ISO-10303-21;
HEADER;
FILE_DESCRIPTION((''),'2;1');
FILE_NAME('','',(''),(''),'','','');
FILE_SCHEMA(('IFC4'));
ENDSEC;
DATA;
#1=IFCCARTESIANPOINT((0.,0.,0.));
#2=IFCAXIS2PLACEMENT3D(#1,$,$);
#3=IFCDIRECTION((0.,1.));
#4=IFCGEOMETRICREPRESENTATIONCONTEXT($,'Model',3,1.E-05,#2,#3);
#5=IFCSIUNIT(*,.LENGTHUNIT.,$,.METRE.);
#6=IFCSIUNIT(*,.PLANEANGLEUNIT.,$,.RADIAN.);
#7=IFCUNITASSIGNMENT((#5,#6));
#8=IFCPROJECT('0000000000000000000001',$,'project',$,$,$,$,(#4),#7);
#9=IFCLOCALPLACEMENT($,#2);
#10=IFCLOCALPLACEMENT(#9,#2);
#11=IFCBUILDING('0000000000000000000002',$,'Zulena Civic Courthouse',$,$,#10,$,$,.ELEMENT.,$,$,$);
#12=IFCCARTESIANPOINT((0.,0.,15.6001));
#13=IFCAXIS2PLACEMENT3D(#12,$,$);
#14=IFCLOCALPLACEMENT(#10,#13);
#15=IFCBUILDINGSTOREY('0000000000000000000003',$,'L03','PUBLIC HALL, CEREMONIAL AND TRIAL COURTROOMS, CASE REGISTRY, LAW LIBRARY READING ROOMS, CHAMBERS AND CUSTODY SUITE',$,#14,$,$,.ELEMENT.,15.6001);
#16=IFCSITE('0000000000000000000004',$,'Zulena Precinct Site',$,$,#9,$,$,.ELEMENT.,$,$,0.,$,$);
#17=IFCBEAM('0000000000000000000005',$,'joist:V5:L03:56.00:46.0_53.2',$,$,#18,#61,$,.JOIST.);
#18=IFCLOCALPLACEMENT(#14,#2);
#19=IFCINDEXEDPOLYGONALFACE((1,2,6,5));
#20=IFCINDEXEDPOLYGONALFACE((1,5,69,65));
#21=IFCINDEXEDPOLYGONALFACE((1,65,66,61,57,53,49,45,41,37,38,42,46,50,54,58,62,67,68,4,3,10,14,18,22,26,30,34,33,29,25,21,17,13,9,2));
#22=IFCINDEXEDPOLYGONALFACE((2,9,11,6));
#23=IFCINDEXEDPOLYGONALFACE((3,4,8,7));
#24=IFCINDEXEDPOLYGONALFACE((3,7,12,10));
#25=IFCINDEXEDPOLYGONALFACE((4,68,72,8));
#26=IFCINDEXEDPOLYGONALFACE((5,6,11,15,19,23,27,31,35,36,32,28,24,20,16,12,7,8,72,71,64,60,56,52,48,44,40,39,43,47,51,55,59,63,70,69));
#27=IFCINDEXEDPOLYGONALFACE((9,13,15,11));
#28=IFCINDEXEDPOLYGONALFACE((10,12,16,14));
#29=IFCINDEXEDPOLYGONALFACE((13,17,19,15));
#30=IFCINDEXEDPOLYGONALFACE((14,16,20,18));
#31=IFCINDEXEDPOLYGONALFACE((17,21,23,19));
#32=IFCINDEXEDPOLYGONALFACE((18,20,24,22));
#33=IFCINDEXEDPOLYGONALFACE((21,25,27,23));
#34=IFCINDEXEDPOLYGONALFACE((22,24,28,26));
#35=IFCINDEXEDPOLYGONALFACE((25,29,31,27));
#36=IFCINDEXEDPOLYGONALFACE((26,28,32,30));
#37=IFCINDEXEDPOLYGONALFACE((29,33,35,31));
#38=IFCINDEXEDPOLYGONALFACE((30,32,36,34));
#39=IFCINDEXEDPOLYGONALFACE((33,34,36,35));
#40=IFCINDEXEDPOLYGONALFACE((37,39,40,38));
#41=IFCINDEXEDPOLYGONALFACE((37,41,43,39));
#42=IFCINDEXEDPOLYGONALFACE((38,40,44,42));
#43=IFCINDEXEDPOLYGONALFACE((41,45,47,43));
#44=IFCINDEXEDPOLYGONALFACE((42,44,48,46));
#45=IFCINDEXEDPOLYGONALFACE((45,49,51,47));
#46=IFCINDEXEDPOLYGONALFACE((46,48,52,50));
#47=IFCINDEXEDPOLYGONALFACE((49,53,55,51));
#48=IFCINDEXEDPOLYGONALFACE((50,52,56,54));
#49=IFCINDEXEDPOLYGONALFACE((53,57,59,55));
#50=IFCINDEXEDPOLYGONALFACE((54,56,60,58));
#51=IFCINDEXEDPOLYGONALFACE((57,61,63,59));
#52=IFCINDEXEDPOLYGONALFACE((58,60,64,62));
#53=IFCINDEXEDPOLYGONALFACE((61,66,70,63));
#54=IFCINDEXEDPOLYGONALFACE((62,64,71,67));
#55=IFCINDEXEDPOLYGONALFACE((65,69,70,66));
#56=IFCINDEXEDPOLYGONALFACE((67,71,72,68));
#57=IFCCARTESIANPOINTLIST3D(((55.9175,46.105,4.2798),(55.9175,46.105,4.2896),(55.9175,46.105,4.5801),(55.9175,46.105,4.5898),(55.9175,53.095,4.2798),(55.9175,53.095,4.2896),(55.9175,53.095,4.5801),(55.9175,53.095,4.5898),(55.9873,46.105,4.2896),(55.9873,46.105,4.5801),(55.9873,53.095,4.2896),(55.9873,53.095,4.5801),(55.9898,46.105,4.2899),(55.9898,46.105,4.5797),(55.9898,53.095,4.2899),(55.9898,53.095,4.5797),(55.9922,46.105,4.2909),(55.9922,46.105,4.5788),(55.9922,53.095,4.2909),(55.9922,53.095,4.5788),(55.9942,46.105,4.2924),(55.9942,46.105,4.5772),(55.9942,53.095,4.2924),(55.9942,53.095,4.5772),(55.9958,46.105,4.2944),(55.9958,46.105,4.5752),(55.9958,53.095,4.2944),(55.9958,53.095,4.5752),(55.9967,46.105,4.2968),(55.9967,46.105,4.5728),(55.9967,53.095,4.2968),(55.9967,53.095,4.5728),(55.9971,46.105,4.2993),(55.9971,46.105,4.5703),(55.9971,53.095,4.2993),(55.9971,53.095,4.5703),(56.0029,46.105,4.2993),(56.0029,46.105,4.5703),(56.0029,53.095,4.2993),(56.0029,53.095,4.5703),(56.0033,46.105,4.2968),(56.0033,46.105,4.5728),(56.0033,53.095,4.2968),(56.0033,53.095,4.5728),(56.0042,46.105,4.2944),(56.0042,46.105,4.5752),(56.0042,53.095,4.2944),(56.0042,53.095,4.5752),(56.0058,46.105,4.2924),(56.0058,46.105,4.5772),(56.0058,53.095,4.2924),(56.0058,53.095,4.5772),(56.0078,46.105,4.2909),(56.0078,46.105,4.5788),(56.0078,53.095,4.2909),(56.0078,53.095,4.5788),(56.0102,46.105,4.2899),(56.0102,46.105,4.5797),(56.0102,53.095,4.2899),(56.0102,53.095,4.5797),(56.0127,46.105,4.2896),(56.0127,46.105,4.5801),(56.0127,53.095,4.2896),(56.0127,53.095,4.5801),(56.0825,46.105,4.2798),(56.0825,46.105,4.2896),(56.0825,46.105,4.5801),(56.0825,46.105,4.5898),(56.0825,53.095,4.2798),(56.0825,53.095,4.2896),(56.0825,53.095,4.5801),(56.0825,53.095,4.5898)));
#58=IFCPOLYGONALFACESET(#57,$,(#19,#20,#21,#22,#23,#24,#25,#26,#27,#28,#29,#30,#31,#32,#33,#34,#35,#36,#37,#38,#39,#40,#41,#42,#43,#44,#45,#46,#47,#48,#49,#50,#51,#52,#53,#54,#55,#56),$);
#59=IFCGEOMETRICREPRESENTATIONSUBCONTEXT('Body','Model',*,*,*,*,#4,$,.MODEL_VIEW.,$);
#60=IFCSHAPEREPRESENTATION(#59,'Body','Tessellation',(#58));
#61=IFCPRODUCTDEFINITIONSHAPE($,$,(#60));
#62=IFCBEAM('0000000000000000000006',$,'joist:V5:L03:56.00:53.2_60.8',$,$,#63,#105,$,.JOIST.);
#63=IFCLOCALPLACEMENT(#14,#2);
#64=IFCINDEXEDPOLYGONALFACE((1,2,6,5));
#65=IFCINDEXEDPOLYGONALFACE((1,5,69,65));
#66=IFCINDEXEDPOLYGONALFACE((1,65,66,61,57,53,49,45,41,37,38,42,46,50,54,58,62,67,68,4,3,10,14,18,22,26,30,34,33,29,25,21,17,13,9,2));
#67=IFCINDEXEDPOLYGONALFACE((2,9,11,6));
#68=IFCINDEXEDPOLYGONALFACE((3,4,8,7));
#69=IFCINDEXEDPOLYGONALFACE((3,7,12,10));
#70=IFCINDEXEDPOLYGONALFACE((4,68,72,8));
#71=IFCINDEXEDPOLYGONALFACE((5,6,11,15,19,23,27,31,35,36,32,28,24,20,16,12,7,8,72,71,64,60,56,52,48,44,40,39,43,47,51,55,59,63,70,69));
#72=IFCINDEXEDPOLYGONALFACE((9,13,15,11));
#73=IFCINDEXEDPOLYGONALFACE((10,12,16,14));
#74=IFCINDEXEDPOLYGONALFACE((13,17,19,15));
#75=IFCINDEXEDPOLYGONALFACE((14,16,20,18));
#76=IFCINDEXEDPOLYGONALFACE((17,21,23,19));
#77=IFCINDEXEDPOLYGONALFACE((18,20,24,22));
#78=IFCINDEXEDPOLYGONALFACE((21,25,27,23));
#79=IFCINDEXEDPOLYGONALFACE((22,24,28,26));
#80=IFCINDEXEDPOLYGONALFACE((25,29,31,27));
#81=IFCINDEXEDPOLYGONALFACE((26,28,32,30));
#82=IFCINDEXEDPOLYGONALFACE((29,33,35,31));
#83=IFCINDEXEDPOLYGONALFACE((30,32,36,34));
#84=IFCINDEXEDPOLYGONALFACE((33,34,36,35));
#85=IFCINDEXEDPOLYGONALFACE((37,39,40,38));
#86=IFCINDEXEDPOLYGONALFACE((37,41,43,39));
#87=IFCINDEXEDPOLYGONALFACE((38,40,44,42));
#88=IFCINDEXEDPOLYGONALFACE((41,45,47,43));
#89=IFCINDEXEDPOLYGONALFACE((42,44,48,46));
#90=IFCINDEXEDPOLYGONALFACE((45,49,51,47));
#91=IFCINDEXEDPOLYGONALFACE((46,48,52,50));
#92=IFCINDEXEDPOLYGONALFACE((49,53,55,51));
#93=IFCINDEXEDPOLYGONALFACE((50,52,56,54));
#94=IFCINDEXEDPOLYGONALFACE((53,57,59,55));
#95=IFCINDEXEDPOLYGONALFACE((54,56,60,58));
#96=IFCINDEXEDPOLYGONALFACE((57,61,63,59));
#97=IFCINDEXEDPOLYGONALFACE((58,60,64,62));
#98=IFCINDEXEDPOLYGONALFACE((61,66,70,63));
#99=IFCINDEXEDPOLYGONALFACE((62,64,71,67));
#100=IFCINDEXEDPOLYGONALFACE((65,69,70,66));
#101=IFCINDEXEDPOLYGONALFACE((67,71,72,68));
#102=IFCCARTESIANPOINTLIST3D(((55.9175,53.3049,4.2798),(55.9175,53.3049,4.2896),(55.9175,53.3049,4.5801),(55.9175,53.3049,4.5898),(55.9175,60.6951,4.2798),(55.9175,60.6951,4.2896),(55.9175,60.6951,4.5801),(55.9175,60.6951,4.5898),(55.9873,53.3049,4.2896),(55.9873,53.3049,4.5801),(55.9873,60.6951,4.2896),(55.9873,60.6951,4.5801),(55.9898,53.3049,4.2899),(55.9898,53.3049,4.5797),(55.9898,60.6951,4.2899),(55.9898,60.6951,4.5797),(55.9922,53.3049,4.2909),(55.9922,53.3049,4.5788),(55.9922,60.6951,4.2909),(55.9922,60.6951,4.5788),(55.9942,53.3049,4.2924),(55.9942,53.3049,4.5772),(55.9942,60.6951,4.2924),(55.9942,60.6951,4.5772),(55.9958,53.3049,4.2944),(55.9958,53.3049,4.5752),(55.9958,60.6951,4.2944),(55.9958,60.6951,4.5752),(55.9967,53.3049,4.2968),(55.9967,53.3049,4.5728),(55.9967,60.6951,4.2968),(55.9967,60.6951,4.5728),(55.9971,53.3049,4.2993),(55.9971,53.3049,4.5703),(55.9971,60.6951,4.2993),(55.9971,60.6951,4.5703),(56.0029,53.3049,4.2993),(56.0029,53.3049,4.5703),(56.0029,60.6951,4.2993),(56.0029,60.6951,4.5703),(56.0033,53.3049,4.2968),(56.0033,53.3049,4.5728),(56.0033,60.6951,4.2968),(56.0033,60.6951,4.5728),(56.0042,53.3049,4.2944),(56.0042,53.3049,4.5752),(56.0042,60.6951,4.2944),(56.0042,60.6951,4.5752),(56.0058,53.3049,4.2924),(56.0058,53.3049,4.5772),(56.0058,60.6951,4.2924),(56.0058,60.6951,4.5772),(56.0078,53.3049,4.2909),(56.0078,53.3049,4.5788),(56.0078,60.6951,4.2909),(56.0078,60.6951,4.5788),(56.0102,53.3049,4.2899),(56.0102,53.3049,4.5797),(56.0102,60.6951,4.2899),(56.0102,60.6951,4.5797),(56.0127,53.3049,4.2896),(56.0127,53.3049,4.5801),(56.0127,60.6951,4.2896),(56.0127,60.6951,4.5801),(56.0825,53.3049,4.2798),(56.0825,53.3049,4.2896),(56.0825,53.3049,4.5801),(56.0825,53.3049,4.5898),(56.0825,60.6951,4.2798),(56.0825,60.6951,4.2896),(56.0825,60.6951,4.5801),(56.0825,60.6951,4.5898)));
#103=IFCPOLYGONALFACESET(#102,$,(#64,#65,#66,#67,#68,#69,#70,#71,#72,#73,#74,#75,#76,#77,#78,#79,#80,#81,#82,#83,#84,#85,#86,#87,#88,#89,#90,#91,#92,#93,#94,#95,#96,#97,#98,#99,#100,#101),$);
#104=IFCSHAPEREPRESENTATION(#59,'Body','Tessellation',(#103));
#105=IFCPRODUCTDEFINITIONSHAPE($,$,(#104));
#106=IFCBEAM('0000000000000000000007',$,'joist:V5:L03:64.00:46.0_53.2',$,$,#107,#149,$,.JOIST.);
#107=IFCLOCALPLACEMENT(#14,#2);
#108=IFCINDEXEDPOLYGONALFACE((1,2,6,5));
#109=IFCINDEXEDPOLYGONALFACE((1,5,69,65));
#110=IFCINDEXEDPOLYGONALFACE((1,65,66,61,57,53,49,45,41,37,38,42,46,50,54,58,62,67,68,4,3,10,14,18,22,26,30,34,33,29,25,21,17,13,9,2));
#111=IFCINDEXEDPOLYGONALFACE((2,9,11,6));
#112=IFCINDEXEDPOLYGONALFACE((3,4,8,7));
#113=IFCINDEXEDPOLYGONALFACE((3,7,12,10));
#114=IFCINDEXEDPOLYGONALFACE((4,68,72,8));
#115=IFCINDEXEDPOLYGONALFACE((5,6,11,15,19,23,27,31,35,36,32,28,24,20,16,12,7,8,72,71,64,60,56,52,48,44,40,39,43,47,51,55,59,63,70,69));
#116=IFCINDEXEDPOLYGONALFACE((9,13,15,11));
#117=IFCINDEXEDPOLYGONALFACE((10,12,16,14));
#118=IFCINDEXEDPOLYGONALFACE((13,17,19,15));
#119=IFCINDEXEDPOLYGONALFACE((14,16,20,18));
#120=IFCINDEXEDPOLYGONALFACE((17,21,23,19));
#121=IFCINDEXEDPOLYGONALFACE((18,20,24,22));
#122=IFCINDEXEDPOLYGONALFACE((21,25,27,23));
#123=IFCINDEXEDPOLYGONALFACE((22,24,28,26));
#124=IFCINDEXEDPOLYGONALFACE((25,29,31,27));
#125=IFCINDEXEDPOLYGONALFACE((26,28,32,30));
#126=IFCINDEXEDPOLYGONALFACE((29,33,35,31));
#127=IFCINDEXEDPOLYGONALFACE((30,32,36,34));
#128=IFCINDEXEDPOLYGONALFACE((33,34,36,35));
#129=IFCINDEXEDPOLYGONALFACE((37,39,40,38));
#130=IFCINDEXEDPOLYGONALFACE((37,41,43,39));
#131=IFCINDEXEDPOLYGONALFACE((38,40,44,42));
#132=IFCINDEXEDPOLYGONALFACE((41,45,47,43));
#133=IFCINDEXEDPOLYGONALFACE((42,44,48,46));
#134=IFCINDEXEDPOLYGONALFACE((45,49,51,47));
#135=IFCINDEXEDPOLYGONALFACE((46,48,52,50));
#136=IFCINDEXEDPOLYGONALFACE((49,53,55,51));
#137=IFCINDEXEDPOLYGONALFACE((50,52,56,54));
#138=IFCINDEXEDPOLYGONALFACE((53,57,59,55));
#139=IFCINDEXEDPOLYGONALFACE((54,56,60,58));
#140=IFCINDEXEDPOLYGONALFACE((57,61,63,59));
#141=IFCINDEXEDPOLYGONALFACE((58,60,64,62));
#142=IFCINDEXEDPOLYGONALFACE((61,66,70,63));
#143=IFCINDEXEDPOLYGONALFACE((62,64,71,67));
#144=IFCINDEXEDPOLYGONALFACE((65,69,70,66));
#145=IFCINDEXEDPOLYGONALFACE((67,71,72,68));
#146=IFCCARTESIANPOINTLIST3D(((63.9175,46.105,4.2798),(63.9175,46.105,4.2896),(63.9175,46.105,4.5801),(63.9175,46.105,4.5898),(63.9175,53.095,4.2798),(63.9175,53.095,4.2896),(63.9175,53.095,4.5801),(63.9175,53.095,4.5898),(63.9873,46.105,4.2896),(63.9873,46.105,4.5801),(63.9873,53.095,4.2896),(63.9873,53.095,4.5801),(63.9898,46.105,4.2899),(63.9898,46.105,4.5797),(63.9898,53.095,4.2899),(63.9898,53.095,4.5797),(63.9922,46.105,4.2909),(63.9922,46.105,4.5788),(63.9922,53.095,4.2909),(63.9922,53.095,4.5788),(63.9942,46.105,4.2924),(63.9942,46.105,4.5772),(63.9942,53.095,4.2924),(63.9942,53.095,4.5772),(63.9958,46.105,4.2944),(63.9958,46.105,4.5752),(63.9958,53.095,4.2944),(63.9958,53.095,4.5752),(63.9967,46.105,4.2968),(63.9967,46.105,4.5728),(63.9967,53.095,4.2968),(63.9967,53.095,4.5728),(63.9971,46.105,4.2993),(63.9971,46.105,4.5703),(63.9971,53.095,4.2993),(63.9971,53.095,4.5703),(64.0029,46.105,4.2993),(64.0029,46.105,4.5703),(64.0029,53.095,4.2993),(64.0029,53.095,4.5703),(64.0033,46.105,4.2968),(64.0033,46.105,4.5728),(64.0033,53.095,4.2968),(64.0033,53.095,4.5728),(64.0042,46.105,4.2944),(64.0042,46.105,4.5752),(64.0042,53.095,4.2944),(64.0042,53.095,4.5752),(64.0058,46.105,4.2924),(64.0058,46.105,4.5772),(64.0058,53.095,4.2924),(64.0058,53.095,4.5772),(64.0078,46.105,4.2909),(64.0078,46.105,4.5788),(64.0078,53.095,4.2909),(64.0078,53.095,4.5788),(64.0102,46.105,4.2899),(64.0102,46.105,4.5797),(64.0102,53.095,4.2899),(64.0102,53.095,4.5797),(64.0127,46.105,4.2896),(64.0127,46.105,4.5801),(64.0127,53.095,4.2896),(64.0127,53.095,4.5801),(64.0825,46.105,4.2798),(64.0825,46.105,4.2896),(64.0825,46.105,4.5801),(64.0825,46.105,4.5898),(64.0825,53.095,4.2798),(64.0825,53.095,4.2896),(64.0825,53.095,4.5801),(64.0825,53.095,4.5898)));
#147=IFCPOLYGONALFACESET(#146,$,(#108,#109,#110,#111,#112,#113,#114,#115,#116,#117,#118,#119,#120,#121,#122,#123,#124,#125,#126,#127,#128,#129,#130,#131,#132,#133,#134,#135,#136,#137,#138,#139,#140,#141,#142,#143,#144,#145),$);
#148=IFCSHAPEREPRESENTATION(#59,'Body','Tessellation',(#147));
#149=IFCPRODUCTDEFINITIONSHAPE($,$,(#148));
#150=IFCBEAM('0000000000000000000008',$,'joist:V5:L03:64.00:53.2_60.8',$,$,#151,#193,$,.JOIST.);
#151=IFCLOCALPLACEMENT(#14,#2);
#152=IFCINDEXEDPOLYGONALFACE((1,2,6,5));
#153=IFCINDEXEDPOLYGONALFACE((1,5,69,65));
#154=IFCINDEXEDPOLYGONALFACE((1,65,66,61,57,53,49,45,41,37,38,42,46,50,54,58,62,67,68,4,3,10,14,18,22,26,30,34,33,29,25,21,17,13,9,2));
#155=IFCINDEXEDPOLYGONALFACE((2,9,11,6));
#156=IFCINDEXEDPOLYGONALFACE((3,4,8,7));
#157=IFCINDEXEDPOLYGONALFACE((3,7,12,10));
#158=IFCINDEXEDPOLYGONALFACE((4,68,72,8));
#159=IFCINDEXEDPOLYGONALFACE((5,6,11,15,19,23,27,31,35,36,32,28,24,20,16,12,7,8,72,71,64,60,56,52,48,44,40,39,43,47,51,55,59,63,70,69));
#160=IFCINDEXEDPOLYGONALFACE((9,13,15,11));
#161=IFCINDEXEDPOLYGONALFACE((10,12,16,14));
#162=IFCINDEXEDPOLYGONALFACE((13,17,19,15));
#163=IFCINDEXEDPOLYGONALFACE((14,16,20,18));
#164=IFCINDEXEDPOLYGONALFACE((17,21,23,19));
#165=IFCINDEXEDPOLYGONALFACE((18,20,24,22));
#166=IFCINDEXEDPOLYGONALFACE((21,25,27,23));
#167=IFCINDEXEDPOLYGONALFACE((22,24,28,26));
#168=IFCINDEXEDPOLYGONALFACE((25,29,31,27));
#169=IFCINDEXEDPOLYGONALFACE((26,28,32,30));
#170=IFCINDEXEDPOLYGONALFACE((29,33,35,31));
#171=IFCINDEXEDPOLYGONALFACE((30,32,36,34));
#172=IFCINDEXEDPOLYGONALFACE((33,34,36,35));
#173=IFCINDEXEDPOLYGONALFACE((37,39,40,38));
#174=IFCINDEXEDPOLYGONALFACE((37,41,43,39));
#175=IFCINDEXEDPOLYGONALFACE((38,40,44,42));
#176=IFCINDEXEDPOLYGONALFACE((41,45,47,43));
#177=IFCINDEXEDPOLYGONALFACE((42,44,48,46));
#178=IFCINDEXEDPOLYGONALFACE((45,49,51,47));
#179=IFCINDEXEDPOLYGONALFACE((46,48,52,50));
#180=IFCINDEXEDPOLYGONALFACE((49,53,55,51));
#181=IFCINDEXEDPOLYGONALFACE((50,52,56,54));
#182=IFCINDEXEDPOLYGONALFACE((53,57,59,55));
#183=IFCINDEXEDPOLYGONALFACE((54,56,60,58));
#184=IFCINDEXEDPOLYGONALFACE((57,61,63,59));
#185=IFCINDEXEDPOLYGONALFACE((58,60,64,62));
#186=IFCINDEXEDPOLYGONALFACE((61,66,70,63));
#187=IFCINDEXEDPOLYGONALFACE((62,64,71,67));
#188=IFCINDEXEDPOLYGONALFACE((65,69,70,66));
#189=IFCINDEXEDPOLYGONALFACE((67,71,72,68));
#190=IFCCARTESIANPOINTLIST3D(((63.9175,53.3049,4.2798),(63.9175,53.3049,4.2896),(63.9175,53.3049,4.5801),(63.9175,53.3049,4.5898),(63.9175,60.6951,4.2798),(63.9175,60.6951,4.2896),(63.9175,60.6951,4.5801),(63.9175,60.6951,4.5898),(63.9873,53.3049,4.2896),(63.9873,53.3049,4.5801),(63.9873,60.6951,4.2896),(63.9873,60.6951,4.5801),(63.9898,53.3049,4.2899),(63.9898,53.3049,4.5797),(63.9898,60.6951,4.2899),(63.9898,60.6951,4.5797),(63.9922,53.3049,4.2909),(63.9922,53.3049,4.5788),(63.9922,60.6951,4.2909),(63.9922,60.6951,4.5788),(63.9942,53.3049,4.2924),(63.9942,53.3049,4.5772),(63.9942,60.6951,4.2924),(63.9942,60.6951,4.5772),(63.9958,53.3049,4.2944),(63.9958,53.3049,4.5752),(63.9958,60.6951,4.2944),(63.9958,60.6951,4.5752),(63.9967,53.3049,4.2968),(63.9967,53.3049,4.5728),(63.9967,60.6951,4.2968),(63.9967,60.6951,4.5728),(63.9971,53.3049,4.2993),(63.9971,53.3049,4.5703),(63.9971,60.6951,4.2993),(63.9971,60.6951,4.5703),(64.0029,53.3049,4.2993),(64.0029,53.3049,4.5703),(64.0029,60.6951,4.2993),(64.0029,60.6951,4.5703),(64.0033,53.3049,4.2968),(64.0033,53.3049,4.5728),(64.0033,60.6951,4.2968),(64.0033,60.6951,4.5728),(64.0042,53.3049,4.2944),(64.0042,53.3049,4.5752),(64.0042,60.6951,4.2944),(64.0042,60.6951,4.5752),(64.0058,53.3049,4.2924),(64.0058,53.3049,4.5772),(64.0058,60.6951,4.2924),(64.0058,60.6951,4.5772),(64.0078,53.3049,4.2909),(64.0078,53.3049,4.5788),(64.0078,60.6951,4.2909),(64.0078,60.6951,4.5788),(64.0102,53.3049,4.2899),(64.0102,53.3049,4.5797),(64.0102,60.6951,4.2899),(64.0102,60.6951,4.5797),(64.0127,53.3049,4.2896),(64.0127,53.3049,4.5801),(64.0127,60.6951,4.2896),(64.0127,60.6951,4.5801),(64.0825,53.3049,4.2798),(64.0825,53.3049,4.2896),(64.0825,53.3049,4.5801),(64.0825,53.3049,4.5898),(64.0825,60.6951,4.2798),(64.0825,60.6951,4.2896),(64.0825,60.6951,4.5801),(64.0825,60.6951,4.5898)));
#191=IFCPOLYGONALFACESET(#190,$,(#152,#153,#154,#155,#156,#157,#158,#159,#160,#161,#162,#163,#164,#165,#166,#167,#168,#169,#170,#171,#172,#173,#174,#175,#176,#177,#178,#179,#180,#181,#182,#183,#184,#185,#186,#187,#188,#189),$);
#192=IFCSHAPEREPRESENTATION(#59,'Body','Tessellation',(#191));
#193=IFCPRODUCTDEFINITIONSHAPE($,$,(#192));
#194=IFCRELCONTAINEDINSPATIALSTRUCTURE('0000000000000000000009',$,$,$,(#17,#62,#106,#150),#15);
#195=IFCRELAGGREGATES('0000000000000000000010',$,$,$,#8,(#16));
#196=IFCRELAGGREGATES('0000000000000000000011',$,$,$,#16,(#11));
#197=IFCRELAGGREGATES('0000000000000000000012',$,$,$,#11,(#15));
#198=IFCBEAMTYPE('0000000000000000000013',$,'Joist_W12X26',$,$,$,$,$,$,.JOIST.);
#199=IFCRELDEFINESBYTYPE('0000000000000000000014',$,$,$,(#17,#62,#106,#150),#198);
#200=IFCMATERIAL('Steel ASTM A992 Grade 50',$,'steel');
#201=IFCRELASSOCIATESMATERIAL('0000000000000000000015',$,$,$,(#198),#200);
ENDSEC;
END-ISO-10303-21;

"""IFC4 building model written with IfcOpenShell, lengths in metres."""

from ifc_helpers import new_model, si_unit, direction, frame, origin, origin_2d, place, context, subcontext, project, spatial, i_section, extrude, material, material_profile, profile_set, type_object, element, save


model = new_model("IFC4")

# Units and contexts
model_context = context("Model", 3, precision=1e-05, world=origin(), true_north=direction((0.0, 1.0)))
body_context = subcontext(model_context, "Body", "Model", "MODEL_VIEW")
ifc_project = project(units=[si_unit("LENGTHUNIT", "METRE"), si_unit("PLANEANGLEUNIT", "RADIAN")], contexts=[model_context])

# Site, building, storey
site_placement = place(None, origin())
site = spatial("IfcSite", under=ifc_project, at=site_placement, Name="Zulena Precinct Site", CompositionType="ELEMENT", RefElevation=0.0)
building_placement = place(site_placement, origin())
building = spatial("IfcBuilding", under=site, at=building_placement, Name="Zulena Civic Courthouse", CompositionType="ELEMENT")
storey_placement = place(building_placement, frame((0.0, 0.0, 15.6001)))
storey = spatial("IfcBuildingStorey", under=building, at=storey_placement, Name="L03", Description="PUBLIC HALL, CEREMONIAL AND TRIAL COURTROOMS, CASE REGISTRY, LAW LIBRARY READING ROOMS, CHAMBERS AND CUSTODY SUITE", CompositionType="ELEMENT", Elevation=15.6001)

# Shared definitions
ifc_material_1 = material(Name="Steel ASTM A992 Grade 50", Category="steel")

# Beams
ifc_material_profile_1 = material_profile(ifc_material_1, i_section(OverallWidth=0.165, OverallDepth=0.3101, WebThickness=0.0059, FlangeThickness=0.0098, FilletRadius=0.0098, at=origin_2d()), Name="W12X26")
ifc_profile_set_1 = profile_set([ifc_material_profile_1], Name="Steel ASTM A992 Grade 50")
beam_type_1 = type_object("IfcBeamType", Name="Joist_W12X26", PredefinedType="JOIST", material=ifc_profile_set_1)
beam_1_placement = place(storey_placement, frame((56.0, 46.105, 4.4348), z_axis=(0.0, 1.0, 0.0), x_axis=(-1.0, 0.0, 0.0)))
element("IfcBeam", 1, at=beam_1_placement, inside=storey, type_object=beam_type_1, Name="joist:V5:L03:56.00:46.0_53.2", PredefinedType="JOIST", context=body_context, shape_type="SweptSolid", body=[
    extrude(i_section(OverallWidth=0.165, OverallDepth=0.3101, WebThickness=0.0059, FlangeThickness=0.0098, FilletRadius=0.0098, at=origin_2d()), origin(), (0.0, 0.0, 1.0), 6.99),
])
beam_2_placement = place(storey_placement, frame((56.0, 53.3049, 4.4348), z_axis=(0.0, 1.0, 0.0), x_axis=(-1.0, 0.0, 0.0)))
element("IfcBeam", 2, at=beam_2_placement, inside=storey, type_object=beam_type_1, Name="joist:V5:L03:56.00:53.2_60.8", PredefinedType="JOIST", context=body_context, shape_type="SweptSolid", body=[
    extrude(i_section(OverallWidth=0.165, OverallDepth=0.3101, WebThickness=0.0059, FlangeThickness=0.0098, FilletRadius=0.0098, at=origin_2d()), origin(), (0.0, 0.0, 1.0), 7.3901),
])
beam_3_placement = place(storey_placement, frame((64.0, 46.105, 4.4348), z_axis=(0.0, 1.0, 0.0), x_axis=(-1.0, 0.0, 0.0)))
element("IfcBeam", 3, at=beam_3_placement, inside=storey, type_object=beam_type_1, Name="joist:V5:L03:64.00:46.0_53.2", PredefinedType="JOIST", context=body_context, shape_type="SweptSolid", body=[
    extrude(i_section(OverallWidth=0.165, OverallDepth=0.3101, WebThickness=0.0059, FlangeThickness=0.0098, FilletRadius=0.0098, at=origin_2d()), origin(), (0.0, 0.0, 1.0), 6.99),
])
beam_4_placement = place(storey_placement, frame((64.0, 53.3049, 4.4348), z_axis=(0.0, 1.0, 0.0), x_axis=(-1.0, 0.0, 0.0)))
element("IfcBeam", 4, at=beam_4_placement, inside=storey, type_object=beam_type_1, Name="joist:V5:L03:64.00:53.2_60.8", PredefinedType="JOIST", context=body_context, shape_type="SweptSolid", body=[
    extrude(i_section(OverallWidth=0.165, OverallDepth=0.3101, WebThickness=0.0059, FlangeThickness=0.0098, FilletRadius=0.0098, at=origin_2d()), origin(), (0.0, 0.0, 1.0), 7.3901),
])

save(model, "model.ifc")
